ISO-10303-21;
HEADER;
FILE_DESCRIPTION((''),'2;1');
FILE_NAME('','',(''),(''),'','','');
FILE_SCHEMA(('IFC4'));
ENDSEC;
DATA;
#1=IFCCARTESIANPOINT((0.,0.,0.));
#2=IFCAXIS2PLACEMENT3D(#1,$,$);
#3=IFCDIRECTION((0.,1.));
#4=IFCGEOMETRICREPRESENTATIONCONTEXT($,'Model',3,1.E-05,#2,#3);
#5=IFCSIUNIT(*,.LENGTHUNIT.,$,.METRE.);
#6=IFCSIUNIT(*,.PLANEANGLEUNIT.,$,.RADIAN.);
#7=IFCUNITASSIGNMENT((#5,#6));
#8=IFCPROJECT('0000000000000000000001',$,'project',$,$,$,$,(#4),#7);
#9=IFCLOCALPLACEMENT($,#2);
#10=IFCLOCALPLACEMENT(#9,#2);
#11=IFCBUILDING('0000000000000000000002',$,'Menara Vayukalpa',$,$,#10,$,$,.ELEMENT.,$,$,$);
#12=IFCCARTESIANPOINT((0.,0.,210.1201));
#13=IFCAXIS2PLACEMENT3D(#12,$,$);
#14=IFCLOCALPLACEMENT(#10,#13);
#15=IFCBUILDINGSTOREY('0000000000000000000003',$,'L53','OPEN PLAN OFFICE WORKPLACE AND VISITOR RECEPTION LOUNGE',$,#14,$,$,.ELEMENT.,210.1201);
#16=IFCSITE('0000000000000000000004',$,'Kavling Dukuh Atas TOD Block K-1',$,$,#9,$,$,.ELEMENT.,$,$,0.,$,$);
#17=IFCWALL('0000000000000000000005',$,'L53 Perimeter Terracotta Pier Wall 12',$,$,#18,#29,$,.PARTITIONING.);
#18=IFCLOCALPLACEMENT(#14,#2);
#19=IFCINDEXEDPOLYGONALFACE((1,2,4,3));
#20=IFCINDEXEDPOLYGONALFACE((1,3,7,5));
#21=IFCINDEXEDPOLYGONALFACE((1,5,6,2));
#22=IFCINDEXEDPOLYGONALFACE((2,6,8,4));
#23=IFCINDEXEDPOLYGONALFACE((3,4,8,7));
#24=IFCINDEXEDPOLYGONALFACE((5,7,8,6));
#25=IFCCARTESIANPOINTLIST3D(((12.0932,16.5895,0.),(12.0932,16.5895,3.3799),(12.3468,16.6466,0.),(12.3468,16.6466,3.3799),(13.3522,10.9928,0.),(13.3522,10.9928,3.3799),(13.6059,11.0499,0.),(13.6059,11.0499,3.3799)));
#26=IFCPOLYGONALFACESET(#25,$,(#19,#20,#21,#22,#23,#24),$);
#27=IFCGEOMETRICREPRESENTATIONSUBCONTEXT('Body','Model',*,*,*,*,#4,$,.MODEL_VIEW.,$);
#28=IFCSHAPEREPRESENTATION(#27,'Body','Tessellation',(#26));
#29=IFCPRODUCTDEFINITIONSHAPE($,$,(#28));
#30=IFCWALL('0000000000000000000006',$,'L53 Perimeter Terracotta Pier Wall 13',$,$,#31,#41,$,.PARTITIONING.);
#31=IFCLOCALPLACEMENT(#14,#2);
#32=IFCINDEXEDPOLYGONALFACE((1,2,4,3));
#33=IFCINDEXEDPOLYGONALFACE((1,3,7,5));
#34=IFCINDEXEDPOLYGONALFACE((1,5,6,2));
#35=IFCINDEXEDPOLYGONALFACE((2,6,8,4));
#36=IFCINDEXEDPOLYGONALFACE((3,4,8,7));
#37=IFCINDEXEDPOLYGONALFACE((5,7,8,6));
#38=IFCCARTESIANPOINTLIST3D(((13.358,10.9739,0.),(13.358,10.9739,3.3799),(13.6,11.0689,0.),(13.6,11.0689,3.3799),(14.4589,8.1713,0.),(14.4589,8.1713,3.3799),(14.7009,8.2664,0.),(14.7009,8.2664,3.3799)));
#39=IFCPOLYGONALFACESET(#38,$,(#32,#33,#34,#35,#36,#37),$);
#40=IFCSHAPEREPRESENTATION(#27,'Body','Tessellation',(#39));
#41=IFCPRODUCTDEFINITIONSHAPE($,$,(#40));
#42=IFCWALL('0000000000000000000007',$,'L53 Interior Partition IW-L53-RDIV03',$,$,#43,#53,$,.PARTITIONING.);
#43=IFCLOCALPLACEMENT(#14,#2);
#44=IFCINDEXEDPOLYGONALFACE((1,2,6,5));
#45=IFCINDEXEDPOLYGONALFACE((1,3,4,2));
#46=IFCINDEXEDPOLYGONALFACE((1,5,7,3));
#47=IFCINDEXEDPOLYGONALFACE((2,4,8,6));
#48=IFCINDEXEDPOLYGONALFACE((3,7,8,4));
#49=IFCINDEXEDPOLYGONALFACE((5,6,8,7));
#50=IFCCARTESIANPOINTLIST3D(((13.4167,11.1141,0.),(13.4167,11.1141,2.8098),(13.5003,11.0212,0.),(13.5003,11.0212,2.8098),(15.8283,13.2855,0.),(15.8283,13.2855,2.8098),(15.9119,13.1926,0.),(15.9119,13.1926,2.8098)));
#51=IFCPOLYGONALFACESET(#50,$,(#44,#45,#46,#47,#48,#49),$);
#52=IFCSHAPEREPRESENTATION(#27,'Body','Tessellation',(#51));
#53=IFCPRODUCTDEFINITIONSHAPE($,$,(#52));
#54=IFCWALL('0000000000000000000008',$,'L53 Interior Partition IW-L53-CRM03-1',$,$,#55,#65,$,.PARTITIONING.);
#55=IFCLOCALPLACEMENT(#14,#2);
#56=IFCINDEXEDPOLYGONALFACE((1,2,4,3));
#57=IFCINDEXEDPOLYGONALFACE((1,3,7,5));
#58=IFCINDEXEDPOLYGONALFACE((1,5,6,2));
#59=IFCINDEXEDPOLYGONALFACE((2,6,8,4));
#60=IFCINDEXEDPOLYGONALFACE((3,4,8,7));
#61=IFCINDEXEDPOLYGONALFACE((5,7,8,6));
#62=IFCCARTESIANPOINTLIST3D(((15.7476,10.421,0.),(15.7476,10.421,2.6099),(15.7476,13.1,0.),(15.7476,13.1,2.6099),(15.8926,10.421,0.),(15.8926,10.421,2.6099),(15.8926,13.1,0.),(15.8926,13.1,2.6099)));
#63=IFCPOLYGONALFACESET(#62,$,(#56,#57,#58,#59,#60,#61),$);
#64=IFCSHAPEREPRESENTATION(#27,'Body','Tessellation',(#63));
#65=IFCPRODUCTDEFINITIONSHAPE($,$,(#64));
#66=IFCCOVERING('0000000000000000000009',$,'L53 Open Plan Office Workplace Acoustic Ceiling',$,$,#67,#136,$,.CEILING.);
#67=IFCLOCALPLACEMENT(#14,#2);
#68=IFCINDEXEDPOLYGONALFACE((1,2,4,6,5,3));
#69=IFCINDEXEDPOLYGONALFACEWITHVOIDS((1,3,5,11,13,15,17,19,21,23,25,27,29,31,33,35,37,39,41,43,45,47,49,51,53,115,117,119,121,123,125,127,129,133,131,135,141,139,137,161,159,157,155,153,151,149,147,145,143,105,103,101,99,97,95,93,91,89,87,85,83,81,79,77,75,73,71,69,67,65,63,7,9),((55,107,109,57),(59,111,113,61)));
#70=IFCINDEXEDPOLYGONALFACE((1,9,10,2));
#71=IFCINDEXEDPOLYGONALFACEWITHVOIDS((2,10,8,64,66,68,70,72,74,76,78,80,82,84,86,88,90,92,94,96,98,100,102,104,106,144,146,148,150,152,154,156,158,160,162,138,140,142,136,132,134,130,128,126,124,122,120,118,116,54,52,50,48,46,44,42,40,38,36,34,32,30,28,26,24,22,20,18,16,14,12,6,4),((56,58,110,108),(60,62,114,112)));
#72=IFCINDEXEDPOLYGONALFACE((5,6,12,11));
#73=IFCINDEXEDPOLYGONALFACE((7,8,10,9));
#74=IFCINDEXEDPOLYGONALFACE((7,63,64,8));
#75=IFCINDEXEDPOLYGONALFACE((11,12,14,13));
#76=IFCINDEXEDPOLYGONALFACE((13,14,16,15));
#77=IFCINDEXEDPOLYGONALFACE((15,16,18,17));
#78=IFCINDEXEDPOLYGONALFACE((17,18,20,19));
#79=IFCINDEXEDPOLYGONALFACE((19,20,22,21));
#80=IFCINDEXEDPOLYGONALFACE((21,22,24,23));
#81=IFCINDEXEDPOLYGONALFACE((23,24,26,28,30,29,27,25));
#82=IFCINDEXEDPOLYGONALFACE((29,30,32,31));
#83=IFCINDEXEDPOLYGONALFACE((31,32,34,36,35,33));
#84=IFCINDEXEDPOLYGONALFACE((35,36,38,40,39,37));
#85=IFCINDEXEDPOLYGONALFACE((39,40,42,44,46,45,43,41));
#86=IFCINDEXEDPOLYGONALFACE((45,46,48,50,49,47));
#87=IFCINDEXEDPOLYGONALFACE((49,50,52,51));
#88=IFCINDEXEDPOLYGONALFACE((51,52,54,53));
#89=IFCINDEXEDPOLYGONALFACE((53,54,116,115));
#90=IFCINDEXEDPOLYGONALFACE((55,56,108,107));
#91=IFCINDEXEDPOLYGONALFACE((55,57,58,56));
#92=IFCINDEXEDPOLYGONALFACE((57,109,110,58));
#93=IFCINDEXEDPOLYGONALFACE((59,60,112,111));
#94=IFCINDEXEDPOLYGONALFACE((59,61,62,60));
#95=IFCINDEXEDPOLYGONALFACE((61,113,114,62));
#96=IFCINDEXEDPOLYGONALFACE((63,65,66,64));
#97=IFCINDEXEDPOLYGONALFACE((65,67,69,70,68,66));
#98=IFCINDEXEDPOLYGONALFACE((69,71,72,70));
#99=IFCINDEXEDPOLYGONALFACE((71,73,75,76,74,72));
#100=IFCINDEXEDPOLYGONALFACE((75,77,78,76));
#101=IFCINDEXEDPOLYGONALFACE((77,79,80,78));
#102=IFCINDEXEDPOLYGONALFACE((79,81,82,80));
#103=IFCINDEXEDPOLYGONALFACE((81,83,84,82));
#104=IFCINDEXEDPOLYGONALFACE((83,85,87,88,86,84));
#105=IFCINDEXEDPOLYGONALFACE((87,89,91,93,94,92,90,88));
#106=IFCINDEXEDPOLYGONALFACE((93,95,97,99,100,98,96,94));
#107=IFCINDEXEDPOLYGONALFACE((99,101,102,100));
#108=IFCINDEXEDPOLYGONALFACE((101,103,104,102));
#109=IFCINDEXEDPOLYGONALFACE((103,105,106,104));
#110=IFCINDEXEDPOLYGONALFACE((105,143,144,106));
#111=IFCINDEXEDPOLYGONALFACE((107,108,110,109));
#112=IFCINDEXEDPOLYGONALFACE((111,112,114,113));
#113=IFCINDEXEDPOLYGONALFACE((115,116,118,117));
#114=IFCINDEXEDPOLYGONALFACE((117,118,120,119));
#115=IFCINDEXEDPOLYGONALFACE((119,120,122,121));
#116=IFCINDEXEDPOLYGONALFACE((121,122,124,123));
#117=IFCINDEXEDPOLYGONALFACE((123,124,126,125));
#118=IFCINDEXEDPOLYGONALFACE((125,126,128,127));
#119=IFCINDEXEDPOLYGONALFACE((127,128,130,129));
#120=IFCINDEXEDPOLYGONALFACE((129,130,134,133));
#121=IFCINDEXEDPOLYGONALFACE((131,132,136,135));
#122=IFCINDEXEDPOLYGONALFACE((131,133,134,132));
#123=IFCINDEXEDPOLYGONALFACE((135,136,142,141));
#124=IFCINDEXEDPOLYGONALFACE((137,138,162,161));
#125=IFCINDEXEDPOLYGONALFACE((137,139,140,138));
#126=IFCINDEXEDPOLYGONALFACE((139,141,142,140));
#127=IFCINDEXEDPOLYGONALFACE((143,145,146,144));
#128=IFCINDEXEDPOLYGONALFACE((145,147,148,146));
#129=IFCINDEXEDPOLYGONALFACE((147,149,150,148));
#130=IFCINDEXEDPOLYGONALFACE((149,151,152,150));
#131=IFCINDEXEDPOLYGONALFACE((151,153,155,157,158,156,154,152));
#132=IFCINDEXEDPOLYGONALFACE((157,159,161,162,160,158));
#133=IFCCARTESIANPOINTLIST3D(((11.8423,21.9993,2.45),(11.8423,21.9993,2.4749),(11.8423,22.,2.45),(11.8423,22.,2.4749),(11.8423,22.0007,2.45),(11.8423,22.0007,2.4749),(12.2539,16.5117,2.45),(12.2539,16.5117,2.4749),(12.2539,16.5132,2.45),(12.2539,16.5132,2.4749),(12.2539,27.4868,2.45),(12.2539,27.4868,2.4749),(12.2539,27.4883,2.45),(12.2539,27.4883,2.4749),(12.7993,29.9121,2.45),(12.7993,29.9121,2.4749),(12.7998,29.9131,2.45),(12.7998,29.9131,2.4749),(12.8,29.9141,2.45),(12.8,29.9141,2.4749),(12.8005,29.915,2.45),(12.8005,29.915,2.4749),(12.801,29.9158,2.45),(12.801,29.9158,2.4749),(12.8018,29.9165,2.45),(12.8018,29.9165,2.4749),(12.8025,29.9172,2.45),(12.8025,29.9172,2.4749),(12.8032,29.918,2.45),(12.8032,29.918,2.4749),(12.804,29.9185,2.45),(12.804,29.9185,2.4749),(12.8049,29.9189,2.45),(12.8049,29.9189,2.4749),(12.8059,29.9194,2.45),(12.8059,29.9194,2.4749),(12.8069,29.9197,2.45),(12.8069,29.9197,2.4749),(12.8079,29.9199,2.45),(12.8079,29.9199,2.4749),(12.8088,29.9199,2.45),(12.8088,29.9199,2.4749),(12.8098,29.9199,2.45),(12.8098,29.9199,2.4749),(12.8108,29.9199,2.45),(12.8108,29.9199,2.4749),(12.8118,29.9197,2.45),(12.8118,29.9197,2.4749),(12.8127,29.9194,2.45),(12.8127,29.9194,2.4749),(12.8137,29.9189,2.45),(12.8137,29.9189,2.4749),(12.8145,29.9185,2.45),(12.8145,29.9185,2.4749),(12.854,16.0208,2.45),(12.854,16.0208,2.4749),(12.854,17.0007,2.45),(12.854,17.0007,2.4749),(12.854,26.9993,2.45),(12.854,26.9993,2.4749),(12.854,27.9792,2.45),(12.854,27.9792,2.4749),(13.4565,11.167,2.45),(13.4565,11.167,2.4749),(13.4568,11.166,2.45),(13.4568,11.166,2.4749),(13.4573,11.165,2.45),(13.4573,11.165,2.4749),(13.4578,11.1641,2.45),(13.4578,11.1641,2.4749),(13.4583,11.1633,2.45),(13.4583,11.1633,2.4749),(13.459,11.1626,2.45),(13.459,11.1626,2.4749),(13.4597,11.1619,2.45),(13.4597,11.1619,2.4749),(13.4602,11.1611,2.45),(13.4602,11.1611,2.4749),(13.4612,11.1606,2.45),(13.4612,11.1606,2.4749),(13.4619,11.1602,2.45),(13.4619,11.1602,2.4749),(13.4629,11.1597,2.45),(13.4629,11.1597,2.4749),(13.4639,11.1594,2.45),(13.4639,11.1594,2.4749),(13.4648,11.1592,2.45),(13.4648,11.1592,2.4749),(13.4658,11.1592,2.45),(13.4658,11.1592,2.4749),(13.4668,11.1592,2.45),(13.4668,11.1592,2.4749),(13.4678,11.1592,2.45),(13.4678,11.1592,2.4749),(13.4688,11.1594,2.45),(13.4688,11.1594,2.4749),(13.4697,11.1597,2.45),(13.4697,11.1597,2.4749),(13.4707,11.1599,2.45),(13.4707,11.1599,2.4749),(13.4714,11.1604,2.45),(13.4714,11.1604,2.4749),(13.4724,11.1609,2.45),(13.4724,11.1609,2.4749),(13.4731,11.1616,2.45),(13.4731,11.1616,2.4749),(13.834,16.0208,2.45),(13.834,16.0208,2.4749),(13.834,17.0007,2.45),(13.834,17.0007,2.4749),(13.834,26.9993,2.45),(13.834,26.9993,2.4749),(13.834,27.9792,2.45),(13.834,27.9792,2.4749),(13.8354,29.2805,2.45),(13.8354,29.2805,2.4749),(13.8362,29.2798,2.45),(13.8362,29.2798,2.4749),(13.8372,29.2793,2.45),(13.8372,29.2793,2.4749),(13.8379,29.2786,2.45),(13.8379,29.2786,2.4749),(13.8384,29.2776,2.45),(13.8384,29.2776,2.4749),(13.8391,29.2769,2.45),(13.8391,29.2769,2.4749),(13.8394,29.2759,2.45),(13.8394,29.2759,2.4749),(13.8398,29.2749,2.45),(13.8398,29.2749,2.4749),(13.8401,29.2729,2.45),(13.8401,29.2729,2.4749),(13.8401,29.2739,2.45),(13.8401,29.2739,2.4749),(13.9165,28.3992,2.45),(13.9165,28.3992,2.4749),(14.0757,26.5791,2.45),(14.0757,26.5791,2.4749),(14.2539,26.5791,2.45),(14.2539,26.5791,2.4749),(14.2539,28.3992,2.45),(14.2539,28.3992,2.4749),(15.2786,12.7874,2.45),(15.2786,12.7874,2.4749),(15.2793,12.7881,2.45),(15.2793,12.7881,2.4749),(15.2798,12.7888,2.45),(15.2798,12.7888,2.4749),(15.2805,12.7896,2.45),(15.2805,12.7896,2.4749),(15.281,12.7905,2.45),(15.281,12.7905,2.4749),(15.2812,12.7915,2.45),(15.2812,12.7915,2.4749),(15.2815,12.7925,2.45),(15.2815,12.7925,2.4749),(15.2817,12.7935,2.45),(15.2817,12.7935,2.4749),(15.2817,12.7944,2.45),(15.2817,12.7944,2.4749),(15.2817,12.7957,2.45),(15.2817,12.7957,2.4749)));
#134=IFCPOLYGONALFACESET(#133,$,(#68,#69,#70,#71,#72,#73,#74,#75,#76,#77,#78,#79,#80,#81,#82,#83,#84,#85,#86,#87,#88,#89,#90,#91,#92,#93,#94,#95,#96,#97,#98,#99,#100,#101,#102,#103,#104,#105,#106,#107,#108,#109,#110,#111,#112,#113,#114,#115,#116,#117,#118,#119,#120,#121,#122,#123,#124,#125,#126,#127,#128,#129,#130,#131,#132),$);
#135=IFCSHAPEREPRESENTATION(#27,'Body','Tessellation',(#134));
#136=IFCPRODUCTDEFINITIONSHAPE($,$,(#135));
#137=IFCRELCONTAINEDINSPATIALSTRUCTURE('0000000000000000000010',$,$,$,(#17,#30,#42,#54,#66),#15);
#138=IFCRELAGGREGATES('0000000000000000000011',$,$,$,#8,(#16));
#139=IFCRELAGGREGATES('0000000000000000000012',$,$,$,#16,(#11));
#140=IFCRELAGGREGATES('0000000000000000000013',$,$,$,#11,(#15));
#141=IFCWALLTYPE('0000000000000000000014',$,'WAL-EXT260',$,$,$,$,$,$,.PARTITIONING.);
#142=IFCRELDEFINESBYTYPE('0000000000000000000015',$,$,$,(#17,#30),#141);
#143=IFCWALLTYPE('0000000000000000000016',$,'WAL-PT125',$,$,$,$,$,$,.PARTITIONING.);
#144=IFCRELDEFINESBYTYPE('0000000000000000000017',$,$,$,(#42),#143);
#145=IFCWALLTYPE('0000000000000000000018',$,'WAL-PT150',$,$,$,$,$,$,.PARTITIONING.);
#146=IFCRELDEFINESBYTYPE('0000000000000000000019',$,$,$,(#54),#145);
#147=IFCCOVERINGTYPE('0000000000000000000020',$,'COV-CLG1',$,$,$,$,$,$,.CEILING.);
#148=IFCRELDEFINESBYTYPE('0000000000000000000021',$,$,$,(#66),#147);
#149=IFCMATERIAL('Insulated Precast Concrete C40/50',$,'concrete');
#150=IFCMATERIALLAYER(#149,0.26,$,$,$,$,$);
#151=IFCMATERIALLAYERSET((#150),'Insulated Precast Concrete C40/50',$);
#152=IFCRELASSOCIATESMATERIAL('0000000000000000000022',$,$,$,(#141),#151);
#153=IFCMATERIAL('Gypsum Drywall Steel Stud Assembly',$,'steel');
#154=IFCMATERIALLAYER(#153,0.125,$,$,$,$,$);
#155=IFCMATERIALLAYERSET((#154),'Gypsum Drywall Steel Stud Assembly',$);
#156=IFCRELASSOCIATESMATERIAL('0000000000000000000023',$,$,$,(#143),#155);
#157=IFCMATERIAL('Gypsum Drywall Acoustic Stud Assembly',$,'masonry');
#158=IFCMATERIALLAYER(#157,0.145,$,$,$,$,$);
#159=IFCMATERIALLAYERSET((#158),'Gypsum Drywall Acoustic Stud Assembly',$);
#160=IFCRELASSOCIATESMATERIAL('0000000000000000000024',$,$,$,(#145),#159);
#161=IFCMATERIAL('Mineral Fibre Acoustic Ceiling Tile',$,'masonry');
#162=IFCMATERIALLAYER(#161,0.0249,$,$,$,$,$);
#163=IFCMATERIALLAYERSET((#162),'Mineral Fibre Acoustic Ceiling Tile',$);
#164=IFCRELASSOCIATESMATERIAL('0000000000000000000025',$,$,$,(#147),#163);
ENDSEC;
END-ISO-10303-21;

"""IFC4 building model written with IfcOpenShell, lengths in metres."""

from ifc_helpers import new_model, si_unit, direction, frame, frame_2d, origin, place, context, subcontext, project, spatial, polyline, rectangle, outline, extrude, material, layer, layer_set, type_object, element, save


model = new_model("IFC4")

# Units and contexts
model_context = context("Model", 3, precision=1e-05, world=origin(), true_north=direction((0.0, 1.0)))
body_context = subcontext(model_context, "Body", "Model", "MODEL_VIEW")
ifc_project = project(units=[si_unit("LENGTHUNIT", "METRE"), si_unit("PLANEANGLEUNIT", "RADIAN")], contexts=[model_context])

# Site, building, storey
site_placement = place(None, origin())
site = spatial("IfcSite", under=ifc_project, at=site_placement, Name="Kavling Dukuh Atas TOD Block K-1", CompositionType="ELEMENT", RefElevation=0.0)
building_placement = place(site_placement, origin())
building = spatial("IfcBuilding", under=site, at=building_placement, Name="Menara Vayukalpa", CompositionType="ELEMENT")
storey_placement = place(building_placement, frame((0.0, 0.0, 210.1201)))
storey = spatial("IfcBuildingStorey", under=building, at=storey_placement, Name="L53", Description="OPEN PLAN OFFICE WORKPLACE AND VISITOR RECEPTION LOUNGE", CompositionType="ELEMENT", Elevation=210.1201)

# Walls
ifc_material_1 = material(Name="Insulated Precast Concrete C40/50", Category="concrete")
ifc_layer_1 = layer(ifc_material_1, 0.26)
ifc_layer_set_1 = layer_set([ifc_layer_1], Name="Insulated Precast Concrete C40/50")
wall_type_1 = type_object("IfcWallType", Name="WAL-EXT260", PredefinedType="PARTITIONING", material=ifc_layer_set_1)
wall_1_placement = place(storey_placement, frame((13.479, 11.0215, 0.0), z_axis=(0.0, 0.0, 1.0), x_axis=(-0.219476, 0.975618, 0.0)))
element("IfcWall", 1, at=wall_1_placement, inside=storey, type_object=wall_type_1, Name="L53 Perimeter Terracotta Pier Wall 12", PredefinedType="PARTITIONING", context=body_context, shape_type="SweptSolid", body=[
    extrude(rectangle(XDim=5.7366, YDim=0.26, at=frame_2d((2.8682, 0.0))), origin(), (0.0, 0.0, 1.0), 3.3799),
])
wall_2_placement = place(storey_placement, frame((14.5798, 8.219, 0.0), z_axis=(0.0, 0.0, 1.0), x_axis=(-0.36561, 0.930768, 0.0)))
element("IfcWall", 2, at=wall_2_placement, inside=storey, type_object=wall_type_1, Name="L53 Perimeter Terracotta Pier Wall 13", PredefinedType="PARTITIONING", context=body_context, shape_type="SweptSolid", body=[
    extrude(rectangle(XDim=3.011, YDim=0.26, at=frame_2d((1.5054, 0.0))), origin(), (0.0, 0.0, 1.0), 3.3799),
])
ifc_material_2 = material(Name="Gypsum Drywall Steel Stud Assembly", Category="steel")
ifc_layer_2 = layer(ifc_material_2, 0.125)
ifc_layer_set_2 = layer_set([ifc_layer_2], Name="Gypsum Drywall Steel Stud Assembly")
wall_type_2 = type_object("IfcWallType", Name="WAL-PT125", PredefinedType="PARTITIONING", material=ifc_layer_set_2)
wall_3_placement = place(storey_placement, frame((15.8701, 13.239, 0.0), z_axis=(0.0, 0.0, 1.0), x_axis=(-0.743152, -0.669123, 0.0)))
element("IfcWall", 3, at=wall_3_placement, inside=storey, type_object=wall_type_2, Name="L53 Interior Partition IW-L53-RDIV03", PredefinedType="PARTITIONING", context=body_context, shape_type="SweptSolid", body=[
    extrude(rectangle(XDim=3.2451, YDim=0.125, at=frame_2d((1.6226, 0.0))), origin(), (0.0, 0.0, 1.0), 2.8098),
])
ifc_material_3 = material(Name="Gypsum Drywall Acoustic Stud Assembly", Category="masonry")
ifc_layer_3 = layer(ifc_material_3, 0.145)
ifc_layer_set_3 = layer_set([ifc_layer_3], Name="Gypsum Drywall Acoustic Stud Assembly")
wall_type_3 = type_object("IfcWallType", Name="WAL-PT150", PredefinedType="PARTITIONING", material=ifc_layer_set_3)
wall_4_placement = place(storey_placement, frame((15.8201, 13.0999, 0.0), z_axis=(0.0, 0.0, 1.0), x_axis=(0.0, -1.0, 0.0)))
element("IfcWall", 4, at=wall_4_placement, inside=storey, type_object=wall_type_3, Name="L53 Interior Partition IW-L53-CRM03-1", PredefinedType="PARTITIONING", context=body_context, shape_type="SweptSolid", body=[
    extrude(rectangle(XDim=2.679, YDim=0.145, at=frame_2d((1.3394, 0.0))), origin(), (0.0, 0.0, 1.0), 2.6099),
])

# Covering
ifc_material_4 = material(Name="Mineral Fibre Acoustic Ceiling Tile", Category="masonry")
ifc_layer_4 = layer(ifc_material_4, 0.0249)
ifc_layer_set_4 = layer_set([ifc_layer_4], Name="Mineral Fibre Acoustic Ceiling Tile")
covering_type_1 = type_object("IfcCoveringType", Name="COV-CLG1", PredefinedType="CEILING", material=ifc_layer_set_4)
covering_1_placement = place(storey_placement, frame((0.0, 0.0, 2.45)))
element("IfcCovering", 5, at=covering_1_placement, inside=storey, type_object=covering_type_1, Name="L53 Open Plan Office Workplace Acoustic Ceiling", PredefinedType="CEILING", context=body_context, shape_type="SweptSolid", body=[
    extrude(outline(polyline([(11.8423, 22.0), (11.8423, 22.0007), (12.2539, 27.4868), (12.2539, 27.4883), (12.7993, 29.9121), (12.7998, 29.9131), (12.8, 29.9141), (12.8005, 29.915), (12.801, 29.9158), (12.8018, 29.9165), (12.8025, 29.9172), (12.8032, 29.918), (12.804, 29.9185), (12.8049, 29.9189), (12.8059, 29.9194), (12.8069, 29.9197), (12.8079, 29.9199), (12.8088, 29.9199), (12.8098, 29.9199), (12.8108, 29.9199), (12.8118, 29.9197), (12.8127, 29.9194), (12.8137, 29.9189), (12.8145, 29.9185), (13.8354, 29.2805), (13.8362, 29.2798), (13.8372, 29.2793), (13.8379, 29.2786), (13.8384, 29.2776), (13.8391, 29.2769), (13.8394, 29.2759), (13.8398, 29.2749), (13.8401, 29.2739), (13.8401, 29.2729), (13.9165, 28.3992), (14.2539, 28.3992), (14.2539, 26.5791), (14.0757, 26.5791), (15.2817, 12.7957), (15.2817, 12.7944), (15.2817, 12.7935), (15.2815, 12.7925), (15.2812, 12.7915), (15.281, 12.7905), (15.2805, 12.7896), (15.2798, 12.7888), (15.2793, 12.7881), (15.2786, 12.7874), (13.4731, 11.1616), (13.4724, 11.1609), (13.4714, 11.1604), (13.4707, 11.1599), (13.4697, 11.1597), (13.4688, 11.1594), (13.4678, 11.1592), (13.4668, 11.1592), (13.4658, 11.1592), (13.4648, 11.1592), (13.4639, 11.1594), (13.4629, 11.1597), (13.4619, 11.1602), (13.4612, 11.1606), (13.4602, 11.1611), (13.4597, 11.1619), (13.459, 11.1626), (13.4583, 11.1633), (13.4578, 11.1641), (13.4573, 11.165), (13.4568, 11.166), (13.4565, 11.167), (12.2539, 16.5117), (12.2539, 16.5132), (11.8423, 21.9993), (11.8423, 22.0)]), holes=[polyline([(13.834, 17.0007), (12.854, 17.0007), (12.854, 16.0208), (13.834, 16.0208), (13.834, 17.0007)]), polyline([(13.834, 27.9792), (12.854, 27.9792), (12.854, 26.9993), (13.834, 26.9993), (13.834, 27.9792)])]), origin(), (0.0, 0.0, 1.0), 0.0249),
])

save(model, "model.ifc")
